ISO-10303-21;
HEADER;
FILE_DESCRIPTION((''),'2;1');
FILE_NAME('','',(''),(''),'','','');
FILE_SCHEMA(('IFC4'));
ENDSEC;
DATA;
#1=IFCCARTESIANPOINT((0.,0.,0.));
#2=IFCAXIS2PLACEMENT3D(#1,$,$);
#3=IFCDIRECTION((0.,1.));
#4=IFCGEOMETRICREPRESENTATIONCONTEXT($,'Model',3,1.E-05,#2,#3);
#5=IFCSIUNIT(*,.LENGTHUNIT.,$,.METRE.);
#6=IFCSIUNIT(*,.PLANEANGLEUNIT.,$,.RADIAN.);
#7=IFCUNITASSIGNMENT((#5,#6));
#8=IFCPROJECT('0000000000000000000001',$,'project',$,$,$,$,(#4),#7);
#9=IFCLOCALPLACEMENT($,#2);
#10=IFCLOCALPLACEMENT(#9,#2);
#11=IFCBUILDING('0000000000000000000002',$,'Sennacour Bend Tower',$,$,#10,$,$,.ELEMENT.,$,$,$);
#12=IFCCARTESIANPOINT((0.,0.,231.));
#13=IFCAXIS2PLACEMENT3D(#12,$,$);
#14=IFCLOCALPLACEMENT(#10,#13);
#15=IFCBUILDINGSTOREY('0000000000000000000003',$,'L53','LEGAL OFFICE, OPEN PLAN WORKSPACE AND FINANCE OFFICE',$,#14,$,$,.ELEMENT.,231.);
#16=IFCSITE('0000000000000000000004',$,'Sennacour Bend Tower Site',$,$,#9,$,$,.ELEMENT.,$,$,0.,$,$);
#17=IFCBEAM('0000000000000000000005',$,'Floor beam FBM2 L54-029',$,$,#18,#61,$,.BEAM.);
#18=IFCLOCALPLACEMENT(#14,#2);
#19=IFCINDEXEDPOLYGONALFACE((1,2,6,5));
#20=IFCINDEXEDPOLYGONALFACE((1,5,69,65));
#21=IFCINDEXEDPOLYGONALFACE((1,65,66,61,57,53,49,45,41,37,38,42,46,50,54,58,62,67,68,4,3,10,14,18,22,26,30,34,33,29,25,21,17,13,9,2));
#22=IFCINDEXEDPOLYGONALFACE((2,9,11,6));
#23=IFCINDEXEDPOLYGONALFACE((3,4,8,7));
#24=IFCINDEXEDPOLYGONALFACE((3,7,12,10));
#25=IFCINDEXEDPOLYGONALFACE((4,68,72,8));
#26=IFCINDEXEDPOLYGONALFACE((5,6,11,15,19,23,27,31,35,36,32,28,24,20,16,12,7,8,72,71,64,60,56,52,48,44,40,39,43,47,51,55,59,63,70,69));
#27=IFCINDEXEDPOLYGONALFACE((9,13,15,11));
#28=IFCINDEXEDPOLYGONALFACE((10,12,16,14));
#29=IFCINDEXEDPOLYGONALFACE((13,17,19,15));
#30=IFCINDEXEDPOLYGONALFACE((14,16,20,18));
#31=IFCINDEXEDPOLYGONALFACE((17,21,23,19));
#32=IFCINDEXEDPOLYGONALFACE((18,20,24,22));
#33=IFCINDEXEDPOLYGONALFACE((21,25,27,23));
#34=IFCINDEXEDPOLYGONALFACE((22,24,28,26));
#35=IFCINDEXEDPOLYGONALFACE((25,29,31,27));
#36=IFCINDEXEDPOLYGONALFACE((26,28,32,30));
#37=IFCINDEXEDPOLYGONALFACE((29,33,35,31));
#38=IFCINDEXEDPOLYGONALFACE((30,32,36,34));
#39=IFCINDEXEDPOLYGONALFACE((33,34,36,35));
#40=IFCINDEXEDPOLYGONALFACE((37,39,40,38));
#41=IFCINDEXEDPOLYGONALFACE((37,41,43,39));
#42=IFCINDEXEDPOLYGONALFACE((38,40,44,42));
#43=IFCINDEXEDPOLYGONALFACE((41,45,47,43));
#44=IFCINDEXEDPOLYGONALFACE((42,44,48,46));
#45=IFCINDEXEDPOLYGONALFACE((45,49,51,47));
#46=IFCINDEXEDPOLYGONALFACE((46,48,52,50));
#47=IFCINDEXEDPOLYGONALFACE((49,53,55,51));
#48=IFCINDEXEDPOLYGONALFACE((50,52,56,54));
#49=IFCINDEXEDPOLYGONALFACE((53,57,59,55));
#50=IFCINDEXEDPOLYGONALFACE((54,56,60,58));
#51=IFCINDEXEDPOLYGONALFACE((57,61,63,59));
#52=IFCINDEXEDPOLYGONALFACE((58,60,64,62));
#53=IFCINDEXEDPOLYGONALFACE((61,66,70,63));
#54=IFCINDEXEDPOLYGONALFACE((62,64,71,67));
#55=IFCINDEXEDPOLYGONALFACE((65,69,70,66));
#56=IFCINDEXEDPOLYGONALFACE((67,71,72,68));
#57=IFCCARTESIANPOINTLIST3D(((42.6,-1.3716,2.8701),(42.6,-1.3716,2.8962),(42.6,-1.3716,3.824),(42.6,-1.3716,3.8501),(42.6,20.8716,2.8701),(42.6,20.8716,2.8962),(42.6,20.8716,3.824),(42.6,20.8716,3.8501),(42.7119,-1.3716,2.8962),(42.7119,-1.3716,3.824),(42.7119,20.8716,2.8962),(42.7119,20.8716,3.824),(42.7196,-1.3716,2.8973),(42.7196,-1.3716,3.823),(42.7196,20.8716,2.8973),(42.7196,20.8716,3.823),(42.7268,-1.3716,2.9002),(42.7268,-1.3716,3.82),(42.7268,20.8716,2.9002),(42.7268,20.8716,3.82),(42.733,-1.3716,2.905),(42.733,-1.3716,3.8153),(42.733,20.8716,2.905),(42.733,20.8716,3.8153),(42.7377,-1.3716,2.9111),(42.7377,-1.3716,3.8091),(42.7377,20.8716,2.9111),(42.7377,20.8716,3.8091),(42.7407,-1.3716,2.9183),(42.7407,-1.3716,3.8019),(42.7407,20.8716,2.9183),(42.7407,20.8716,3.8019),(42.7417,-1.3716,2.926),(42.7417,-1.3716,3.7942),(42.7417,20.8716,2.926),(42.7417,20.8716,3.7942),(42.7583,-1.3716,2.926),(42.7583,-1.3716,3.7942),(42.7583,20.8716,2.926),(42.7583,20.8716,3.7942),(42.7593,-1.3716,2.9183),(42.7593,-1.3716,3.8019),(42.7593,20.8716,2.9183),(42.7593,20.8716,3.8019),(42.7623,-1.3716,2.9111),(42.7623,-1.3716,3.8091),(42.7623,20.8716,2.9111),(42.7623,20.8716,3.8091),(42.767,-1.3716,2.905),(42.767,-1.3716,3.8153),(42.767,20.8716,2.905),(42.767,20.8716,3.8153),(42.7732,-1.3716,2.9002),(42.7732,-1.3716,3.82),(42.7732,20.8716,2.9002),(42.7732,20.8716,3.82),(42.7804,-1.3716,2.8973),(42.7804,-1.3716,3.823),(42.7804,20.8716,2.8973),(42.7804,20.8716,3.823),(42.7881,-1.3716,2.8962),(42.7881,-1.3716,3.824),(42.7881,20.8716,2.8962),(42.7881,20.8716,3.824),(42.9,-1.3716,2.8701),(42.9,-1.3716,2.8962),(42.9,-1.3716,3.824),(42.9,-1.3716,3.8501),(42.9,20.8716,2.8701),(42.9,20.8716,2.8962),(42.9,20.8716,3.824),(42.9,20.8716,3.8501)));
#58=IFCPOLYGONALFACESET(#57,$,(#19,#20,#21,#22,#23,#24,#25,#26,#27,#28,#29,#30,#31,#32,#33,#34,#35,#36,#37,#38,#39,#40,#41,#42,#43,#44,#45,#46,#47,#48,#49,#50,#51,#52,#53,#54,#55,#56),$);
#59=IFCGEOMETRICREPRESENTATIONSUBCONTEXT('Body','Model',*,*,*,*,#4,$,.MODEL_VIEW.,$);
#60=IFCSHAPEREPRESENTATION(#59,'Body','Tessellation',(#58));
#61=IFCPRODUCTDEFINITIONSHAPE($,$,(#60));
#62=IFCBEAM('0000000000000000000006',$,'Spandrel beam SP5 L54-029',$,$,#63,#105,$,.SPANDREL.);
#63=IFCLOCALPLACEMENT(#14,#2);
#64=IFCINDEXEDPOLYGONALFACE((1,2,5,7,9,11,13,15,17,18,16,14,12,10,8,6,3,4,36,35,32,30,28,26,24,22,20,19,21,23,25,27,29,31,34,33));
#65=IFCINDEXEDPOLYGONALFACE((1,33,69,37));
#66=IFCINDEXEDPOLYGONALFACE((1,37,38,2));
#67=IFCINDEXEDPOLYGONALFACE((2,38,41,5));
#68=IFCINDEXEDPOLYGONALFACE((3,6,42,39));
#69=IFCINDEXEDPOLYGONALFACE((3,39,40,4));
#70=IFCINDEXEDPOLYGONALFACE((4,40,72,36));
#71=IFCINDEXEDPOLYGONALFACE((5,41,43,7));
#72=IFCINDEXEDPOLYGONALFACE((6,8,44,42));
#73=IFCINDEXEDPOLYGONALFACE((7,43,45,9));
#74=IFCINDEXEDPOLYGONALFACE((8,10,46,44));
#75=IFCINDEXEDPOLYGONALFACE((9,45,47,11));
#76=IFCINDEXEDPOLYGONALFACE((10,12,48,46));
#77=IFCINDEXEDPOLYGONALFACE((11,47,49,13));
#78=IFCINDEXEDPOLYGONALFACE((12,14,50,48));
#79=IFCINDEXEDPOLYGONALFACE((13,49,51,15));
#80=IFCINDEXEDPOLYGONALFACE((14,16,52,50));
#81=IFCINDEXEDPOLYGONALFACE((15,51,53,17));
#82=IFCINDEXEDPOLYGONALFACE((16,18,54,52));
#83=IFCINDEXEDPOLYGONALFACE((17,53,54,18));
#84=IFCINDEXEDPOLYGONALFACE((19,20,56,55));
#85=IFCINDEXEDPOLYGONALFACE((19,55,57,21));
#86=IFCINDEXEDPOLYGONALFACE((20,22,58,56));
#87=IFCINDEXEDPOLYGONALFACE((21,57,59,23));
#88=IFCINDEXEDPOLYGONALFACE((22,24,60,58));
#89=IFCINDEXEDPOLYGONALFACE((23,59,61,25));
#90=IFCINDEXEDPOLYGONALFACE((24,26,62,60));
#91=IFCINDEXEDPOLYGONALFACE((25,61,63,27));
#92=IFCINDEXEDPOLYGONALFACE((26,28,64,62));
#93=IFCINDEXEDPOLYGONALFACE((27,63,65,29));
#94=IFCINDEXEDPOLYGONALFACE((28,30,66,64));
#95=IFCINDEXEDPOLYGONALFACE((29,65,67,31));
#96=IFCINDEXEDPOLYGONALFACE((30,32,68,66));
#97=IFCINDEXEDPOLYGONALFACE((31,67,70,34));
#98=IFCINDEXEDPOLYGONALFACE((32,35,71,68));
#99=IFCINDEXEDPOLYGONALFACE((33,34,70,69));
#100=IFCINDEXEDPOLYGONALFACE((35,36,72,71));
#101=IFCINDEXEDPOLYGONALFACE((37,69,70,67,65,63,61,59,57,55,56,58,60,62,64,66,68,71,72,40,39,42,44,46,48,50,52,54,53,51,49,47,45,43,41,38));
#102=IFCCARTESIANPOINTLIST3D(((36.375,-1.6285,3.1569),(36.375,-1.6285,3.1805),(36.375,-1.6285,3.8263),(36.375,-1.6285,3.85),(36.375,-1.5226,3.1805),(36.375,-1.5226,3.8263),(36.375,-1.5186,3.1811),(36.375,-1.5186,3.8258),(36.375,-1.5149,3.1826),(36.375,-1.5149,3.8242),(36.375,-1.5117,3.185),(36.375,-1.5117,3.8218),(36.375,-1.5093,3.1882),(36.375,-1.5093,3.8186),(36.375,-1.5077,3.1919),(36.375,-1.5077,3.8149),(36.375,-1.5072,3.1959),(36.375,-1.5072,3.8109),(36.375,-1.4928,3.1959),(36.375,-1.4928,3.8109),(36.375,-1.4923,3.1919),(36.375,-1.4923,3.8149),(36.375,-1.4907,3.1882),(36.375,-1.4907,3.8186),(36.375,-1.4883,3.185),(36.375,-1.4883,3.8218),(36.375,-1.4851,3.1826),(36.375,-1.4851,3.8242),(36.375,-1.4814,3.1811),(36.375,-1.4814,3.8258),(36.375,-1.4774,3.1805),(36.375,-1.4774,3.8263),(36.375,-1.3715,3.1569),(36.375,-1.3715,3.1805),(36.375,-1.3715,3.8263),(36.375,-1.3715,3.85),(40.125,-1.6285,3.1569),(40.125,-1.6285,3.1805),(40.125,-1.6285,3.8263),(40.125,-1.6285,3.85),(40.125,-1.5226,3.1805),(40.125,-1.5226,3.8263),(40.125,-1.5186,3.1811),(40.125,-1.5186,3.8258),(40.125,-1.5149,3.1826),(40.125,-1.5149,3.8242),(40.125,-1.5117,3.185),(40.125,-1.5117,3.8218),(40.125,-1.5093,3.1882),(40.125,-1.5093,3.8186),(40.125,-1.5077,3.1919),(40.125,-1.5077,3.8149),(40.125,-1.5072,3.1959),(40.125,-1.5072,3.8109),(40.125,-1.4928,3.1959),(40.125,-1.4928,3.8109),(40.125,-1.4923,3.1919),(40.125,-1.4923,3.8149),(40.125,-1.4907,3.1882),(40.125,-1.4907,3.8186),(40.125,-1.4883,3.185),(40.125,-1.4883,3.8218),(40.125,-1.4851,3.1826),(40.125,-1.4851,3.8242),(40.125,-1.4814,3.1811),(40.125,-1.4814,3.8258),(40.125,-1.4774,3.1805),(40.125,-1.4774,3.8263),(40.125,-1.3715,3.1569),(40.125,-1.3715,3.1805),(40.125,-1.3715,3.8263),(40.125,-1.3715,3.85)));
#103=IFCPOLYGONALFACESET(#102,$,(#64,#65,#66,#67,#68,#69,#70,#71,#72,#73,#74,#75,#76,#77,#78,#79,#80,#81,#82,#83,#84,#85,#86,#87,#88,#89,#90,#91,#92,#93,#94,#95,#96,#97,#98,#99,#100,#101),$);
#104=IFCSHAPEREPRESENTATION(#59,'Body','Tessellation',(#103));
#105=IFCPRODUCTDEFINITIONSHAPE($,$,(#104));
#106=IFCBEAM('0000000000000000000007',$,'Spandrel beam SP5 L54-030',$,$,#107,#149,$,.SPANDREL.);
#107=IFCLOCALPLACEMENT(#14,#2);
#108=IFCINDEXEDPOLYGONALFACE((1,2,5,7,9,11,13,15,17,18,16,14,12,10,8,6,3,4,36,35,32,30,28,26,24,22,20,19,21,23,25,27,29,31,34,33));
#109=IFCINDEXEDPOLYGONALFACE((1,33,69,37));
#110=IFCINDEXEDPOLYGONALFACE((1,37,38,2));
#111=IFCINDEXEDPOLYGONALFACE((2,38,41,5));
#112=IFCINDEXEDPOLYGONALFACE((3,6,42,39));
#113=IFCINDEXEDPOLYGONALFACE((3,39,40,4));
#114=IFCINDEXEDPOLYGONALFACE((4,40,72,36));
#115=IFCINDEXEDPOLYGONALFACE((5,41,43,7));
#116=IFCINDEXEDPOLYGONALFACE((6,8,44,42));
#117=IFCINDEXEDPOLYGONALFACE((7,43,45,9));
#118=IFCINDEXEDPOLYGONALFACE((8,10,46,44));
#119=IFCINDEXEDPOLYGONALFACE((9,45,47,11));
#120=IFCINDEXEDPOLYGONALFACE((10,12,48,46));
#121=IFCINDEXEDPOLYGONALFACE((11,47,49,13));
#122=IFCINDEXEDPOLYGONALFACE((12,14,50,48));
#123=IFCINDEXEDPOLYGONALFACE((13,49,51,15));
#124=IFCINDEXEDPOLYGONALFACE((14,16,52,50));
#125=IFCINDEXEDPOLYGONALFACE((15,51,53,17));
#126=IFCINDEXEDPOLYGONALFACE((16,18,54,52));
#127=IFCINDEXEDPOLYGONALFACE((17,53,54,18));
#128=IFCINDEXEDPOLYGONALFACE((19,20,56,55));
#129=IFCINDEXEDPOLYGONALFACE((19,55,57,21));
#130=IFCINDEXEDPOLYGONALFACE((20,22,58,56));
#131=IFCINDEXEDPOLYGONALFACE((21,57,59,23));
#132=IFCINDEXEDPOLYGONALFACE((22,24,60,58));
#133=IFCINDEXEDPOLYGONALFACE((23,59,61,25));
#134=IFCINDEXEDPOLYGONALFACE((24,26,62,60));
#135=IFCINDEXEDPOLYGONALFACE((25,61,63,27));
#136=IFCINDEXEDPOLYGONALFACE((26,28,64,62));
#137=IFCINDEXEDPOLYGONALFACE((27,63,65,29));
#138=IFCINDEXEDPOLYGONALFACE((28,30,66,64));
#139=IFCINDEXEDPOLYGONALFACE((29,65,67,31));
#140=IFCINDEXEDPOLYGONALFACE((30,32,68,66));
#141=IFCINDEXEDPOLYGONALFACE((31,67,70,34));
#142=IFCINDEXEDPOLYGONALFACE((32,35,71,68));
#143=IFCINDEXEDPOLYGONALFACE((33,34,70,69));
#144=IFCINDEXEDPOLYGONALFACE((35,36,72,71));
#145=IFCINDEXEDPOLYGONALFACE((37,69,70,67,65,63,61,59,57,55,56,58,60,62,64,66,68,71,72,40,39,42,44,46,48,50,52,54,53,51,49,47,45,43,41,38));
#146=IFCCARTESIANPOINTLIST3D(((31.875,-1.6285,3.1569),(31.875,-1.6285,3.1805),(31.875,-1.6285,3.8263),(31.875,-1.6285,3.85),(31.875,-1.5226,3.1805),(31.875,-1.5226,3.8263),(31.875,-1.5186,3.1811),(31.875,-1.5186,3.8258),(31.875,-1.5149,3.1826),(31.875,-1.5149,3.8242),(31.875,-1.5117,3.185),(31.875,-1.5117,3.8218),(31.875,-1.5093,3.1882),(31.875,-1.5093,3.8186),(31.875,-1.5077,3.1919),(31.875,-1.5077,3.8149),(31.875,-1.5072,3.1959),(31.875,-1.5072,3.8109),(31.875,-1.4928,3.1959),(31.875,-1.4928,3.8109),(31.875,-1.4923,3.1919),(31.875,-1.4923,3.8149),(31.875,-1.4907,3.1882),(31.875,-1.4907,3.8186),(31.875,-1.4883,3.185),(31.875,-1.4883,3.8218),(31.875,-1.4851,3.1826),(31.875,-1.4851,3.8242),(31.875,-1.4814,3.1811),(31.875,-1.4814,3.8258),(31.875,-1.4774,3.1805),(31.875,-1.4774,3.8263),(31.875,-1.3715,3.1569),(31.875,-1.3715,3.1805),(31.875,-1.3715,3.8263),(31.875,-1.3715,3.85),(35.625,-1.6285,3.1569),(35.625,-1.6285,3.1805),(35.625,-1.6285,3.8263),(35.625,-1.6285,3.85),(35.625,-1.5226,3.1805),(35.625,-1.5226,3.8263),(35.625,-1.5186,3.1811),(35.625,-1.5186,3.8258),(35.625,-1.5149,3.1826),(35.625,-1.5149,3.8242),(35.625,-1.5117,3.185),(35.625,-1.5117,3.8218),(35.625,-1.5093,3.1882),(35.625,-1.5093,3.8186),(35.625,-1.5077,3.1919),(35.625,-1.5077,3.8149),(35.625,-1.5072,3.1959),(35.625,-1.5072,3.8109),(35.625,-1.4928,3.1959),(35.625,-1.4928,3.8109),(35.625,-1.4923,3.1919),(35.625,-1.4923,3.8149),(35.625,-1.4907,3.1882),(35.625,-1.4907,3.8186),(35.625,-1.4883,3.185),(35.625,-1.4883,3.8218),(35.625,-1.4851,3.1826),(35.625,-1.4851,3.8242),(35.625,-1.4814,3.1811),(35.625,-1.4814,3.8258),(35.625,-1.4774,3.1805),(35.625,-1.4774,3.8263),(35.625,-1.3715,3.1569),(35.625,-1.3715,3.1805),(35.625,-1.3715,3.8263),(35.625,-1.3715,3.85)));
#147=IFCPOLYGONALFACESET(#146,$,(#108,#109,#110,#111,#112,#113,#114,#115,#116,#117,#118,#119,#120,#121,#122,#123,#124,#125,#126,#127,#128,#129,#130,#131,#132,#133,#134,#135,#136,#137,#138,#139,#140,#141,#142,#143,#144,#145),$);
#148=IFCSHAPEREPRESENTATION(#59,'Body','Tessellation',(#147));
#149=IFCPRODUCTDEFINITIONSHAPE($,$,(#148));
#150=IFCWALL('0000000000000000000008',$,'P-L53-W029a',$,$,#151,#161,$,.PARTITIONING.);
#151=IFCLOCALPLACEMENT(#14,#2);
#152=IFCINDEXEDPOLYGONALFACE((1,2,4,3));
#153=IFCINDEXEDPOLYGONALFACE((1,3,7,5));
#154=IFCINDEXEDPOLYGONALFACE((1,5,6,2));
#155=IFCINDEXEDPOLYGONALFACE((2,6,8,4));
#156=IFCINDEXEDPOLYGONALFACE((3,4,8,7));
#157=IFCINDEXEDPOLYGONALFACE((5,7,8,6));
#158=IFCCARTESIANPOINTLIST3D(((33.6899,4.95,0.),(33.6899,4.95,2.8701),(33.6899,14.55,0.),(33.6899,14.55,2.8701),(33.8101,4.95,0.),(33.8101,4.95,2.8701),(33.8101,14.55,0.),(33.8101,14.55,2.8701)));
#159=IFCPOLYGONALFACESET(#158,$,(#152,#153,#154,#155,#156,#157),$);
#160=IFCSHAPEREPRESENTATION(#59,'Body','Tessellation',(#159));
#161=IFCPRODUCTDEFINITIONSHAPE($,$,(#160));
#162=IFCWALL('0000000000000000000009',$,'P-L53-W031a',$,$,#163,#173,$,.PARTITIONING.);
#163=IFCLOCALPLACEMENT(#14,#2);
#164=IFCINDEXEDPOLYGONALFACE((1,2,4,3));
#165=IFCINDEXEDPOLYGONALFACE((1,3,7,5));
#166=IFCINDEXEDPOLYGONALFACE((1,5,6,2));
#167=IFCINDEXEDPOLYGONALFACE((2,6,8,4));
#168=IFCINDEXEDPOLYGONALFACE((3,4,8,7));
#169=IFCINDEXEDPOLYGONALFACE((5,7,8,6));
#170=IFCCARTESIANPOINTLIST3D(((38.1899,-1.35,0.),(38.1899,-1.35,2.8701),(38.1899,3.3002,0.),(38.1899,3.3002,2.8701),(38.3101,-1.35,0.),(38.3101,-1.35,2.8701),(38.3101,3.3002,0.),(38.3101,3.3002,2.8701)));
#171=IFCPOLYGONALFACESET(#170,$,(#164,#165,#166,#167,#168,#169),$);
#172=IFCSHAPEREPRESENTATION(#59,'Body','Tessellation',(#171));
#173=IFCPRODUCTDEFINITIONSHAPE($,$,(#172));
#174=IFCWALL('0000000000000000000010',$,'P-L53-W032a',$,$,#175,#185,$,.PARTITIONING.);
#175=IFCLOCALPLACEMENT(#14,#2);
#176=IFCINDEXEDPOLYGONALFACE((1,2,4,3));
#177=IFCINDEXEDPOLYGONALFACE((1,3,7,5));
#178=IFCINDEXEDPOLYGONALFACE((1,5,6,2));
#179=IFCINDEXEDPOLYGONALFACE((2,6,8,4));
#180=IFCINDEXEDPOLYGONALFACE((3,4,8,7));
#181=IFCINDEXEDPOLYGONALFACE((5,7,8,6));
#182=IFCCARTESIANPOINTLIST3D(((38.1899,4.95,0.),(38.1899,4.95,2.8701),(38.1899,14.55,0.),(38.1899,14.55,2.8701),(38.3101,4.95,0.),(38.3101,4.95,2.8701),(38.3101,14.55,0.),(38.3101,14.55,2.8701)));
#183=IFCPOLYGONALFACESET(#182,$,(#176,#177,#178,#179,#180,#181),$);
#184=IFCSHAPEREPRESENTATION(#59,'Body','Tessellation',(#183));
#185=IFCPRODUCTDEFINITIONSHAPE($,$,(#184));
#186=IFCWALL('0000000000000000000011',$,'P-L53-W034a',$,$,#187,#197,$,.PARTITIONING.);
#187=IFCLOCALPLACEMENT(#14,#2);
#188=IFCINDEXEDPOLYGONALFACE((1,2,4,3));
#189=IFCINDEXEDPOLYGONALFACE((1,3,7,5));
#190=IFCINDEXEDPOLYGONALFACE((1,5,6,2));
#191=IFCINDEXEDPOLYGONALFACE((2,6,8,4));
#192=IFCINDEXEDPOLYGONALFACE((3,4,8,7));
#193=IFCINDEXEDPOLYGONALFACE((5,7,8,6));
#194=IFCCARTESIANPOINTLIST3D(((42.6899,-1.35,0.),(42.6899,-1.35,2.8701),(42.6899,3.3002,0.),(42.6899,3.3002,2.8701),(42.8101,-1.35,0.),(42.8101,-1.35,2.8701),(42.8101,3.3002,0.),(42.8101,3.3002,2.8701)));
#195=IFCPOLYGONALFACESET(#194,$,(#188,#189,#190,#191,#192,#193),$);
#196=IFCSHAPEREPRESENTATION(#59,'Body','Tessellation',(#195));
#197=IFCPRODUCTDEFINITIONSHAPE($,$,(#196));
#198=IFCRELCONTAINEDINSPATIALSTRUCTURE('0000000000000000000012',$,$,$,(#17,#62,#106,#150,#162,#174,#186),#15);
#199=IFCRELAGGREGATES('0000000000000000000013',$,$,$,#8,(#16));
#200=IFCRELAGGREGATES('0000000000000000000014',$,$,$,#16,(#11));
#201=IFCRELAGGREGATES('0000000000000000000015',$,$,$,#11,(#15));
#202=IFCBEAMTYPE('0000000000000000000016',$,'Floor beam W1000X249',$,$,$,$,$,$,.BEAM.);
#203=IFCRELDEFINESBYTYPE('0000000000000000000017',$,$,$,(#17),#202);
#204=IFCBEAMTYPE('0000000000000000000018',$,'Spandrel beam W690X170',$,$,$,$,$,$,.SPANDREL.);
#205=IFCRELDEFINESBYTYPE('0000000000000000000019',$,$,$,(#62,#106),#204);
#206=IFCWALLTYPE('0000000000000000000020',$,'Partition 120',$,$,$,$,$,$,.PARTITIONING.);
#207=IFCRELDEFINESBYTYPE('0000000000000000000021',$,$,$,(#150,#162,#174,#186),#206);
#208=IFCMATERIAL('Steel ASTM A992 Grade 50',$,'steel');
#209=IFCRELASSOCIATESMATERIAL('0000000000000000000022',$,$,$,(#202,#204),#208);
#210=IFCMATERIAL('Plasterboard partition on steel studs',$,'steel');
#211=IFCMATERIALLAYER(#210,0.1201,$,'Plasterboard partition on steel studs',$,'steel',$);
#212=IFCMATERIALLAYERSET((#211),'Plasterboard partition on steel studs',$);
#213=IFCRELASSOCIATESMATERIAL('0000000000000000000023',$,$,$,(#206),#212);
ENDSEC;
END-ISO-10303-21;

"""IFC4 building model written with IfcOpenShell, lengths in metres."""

from ifc_helpers import new_model, si_unit, direction, frame, frame_2d, origin, origin_2d, place, context, subcontext, project, spatial, rectangle, i_section, extrude, material, layer, layer_set, material_profile, profile_set, type_object, element, save


model = new_model("IFC4")

# Units and contexts
model_context = context("Model", 3, precision=1e-05, world=origin(), true_north=direction((0.0, 1.0)))
body_context = subcontext(model_context, "Body", "Model", "MODEL_VIEW")
ifc_project = project(units=[si_unit("LENGTHUNIT", "METRE"), si_unit("PLANEANGLEUNIT", "RADIAN")], contexts=[model_context])

# Site, building, storey
site_placement = place(None, origin())
site = spatial("IfcSite", under=ifc_project, at=site_placement, Name="Sennacour Bend Tower Site", CompositionType="ELEMENT", RefElevation=0.0)
building_placement = place(site_placement, origin())
building = spatial("IfcBuilding", under=site, at=building_placement, Name="Sennacour Bend Tower", CompositionType="ELEMENT")
storey_placement = place(building_placement, frame((0.0, 0.0, 231.0)))
storey = spatial("IfcBuildingStorey", under=building, at=storey_placement, Name="L53", Description="LEGAL OFFICE, OPEN PLAN WORKSPACE AND FINANCE OFFICE", CompositionType="ELEMENT", Elevation=231.0)

# Beams
ifc_material_1 = material(Name="Steel ASTM A992 Grade 50", Category="steel")
ifc_material_profile_1 = material_profile(ifc_material_1, i_section(OverallWidth=0.3, OverallDepth=0.98, WebThickness=0.0166, FlangeThickness=0.0261, FilletRadius=0.0298, at=origin_2d()), Name="Steel ASTM A992 Grade 50", Category="steel")
ifc_profile_set_1 = profile_set([ifc_material_profile_1], Name="Steel ASTM A992 Grade 50")
beam_type_1 = type_object("IfcBeamType", Name="Floor beam W1000X249", PredefinedType="BEAM", material=ifc_profile_set_1)
beam_1_placement = place(storey_placement, frame((42.75, -1.3716, 3.3601), z_axis=(0.0, 1.0, 0.0), x_axis=(-1.0, 0.0, 0.0)))
element("IfcBeam", 1, at=beam_1_placement, inside=storey, type_object=beam_type_1, Name="Floor beam FBM2 L54-029", PredefinedType="BEAM", context=body_context, shape_type="SweptSolid", body=[
    extrude(i_section(OverallWidth=0.3, OverallDepth=0.98, WebThickness=0.0166, FlangeThickness=0.0261, FilletRadius=0.0298, at=origin_2d()), origin(), (0.0, 0.0, 1.0), 22.2432),
])
ifc_material_profile_2 = material_profile(ifc_material_1, i_section(OverallWidth=0.2571, OverallDepth=0.6931, WebThickness=0.0144, FlangeThickness=0.0237, FilletRadius=0.0154, at=origin_2d()), Name="Steel ASTM A992 Grade 50", Category="steel")
ifc_profile_set_2 = profile_set([ifc_material_profile_2], Name="Steel ASTM A992 Grade 50")
beam_type_2 = type_object("IfcBeamType", Name="Spandrel beam W690X170", PredefinedType="SPANDREL", material=ifc_profile_set_2)
for number, where, z_axis, x_axis, name in (
    (2, (40.125, -1.5, 3.5034), (-1.0, 0.0, 0.0), (0.0, -1.0, 0.0), "Spandrel beam SP5 L54-029"),
    (3, (35.625, -1.5, 3.5034), (-1.0, 0.0, 0.0), (0.0, -1.0, 0.0), "Spandrel beam SP5 L54-030"),
):
    element("IfcBeam", number, at=place(storey_placement, frame(where, z_axis=z_axis, x_axis=x_axis)), inside=storey, type_object=beam_type_2, Name=name, PredefinedType="SPANDREL", context=body_context, shape_type="SweptSolid", body=[
        extrude(i_section(OverallWidth=0.2571, OverallDepth=0.6931, WebThickness=0.0144, FlangeThickness=0.0237, FilletRadius=0.0154, at=origin_2d()), origin(), (0.0, 0.0, 1.0), 3.75),
    ])

# Walls
ifc_material_2 = material(Name="Plasterboard partition on steel studs", Category="steel")
ifc_layer_1 = layer(ifc_material_2, 0.1201, Name="Plasterboard partition on steel studs", Category="steel")
ifc_layer_set_1 = layer_set([ifc_layer_1], Name="Plasterboard partition on steel studs")
wall_type_1 = type_object("IfcWallType", Name="Partition 120", PredefinedType="PARTITIONING", material=ifc_layer_set_1)
wall_1_placement = place(storey_placement, frame((33.75, 4.95, 0.0), z_axis=(0.0, 0.0, 1.0), x_axis=(0.0, 1.0, 0.0)))
element("IfcWall", 4, at=wall_1_placement, inside=storey, type_object=wall_type_1, Name="P-L53-W029a", PredefinedType="PARTITIONING", context=body_context, shape_type="SweptSolid", body=[
    extrude(rectangle(XDim=9.6001, YDim=0.1201, at=frame_2d((4.8, 0.0))), origin(), (0.0, 0.0, 1.0), 2.8701),
])
wall_2_placement = place(storey_placement, frame((38.25, -1.3501, 0.0), z_axis=(0.0, 0.0, 1.0), x_axis=(0.0, 1.0, 0.0)))
element("IfcWall", 5, at=wall_2_placement, inside=storey, type_object=wall_type_1, Name="P-L53-W031a", PredefinedType="PARTITIONING", context=body_context, shape_type="SweptSolid", body=[
    extrude(rectangle(XDim=4.6501, YDim=0.1201, at=frame_2d((2.3252, 0.0))), origin(), (0.0, 0.0, 1.0), 2.8701),
])
wall_3_placement = place(storey_placement, frame((38.25, 4.95, 0.0), z_axis=(0.0, 0.0, 1.0), x_axis=(0.0, 1.0, 0.0)))
element("IfcWall", 6, at=wall_3_placement, inside=storey, type_object=wall_type_1, Name="P-L53-W032a", PredefinedType="PARTITIONING", context=body_context, shape_type="SweptSolid", body=[
    extrude(rectangle(XDim=9.6001, YDim=0.1201, at=frame_2d((4.8, 0.0))), origin(), (0.0, 0.0, 1.0), 2.8701),
])
wall_4_placement = place(storey_placement, frame((42.75, -1.3501, 0.0), z_axis=(0.0, 0.0, 1.0), x_axis=(0.0, 1.0, 0.0)))
element("IfcWall", 7, at=wall_4_placement, inside=storey, type_object=wall_type_1, Name="P-L53-W034a", PredefinedType="PARTITIONING", context=body_context, shape_type="SweptSolid", body=[
    extrude(rectangle(XDim=4.6501, YDim=0.1201, at=frame_2d((2.3252, 0.0))), origin(), (0.0, 0.0, 1.0), 2.8701),
])

save(model, "model.ifc")
